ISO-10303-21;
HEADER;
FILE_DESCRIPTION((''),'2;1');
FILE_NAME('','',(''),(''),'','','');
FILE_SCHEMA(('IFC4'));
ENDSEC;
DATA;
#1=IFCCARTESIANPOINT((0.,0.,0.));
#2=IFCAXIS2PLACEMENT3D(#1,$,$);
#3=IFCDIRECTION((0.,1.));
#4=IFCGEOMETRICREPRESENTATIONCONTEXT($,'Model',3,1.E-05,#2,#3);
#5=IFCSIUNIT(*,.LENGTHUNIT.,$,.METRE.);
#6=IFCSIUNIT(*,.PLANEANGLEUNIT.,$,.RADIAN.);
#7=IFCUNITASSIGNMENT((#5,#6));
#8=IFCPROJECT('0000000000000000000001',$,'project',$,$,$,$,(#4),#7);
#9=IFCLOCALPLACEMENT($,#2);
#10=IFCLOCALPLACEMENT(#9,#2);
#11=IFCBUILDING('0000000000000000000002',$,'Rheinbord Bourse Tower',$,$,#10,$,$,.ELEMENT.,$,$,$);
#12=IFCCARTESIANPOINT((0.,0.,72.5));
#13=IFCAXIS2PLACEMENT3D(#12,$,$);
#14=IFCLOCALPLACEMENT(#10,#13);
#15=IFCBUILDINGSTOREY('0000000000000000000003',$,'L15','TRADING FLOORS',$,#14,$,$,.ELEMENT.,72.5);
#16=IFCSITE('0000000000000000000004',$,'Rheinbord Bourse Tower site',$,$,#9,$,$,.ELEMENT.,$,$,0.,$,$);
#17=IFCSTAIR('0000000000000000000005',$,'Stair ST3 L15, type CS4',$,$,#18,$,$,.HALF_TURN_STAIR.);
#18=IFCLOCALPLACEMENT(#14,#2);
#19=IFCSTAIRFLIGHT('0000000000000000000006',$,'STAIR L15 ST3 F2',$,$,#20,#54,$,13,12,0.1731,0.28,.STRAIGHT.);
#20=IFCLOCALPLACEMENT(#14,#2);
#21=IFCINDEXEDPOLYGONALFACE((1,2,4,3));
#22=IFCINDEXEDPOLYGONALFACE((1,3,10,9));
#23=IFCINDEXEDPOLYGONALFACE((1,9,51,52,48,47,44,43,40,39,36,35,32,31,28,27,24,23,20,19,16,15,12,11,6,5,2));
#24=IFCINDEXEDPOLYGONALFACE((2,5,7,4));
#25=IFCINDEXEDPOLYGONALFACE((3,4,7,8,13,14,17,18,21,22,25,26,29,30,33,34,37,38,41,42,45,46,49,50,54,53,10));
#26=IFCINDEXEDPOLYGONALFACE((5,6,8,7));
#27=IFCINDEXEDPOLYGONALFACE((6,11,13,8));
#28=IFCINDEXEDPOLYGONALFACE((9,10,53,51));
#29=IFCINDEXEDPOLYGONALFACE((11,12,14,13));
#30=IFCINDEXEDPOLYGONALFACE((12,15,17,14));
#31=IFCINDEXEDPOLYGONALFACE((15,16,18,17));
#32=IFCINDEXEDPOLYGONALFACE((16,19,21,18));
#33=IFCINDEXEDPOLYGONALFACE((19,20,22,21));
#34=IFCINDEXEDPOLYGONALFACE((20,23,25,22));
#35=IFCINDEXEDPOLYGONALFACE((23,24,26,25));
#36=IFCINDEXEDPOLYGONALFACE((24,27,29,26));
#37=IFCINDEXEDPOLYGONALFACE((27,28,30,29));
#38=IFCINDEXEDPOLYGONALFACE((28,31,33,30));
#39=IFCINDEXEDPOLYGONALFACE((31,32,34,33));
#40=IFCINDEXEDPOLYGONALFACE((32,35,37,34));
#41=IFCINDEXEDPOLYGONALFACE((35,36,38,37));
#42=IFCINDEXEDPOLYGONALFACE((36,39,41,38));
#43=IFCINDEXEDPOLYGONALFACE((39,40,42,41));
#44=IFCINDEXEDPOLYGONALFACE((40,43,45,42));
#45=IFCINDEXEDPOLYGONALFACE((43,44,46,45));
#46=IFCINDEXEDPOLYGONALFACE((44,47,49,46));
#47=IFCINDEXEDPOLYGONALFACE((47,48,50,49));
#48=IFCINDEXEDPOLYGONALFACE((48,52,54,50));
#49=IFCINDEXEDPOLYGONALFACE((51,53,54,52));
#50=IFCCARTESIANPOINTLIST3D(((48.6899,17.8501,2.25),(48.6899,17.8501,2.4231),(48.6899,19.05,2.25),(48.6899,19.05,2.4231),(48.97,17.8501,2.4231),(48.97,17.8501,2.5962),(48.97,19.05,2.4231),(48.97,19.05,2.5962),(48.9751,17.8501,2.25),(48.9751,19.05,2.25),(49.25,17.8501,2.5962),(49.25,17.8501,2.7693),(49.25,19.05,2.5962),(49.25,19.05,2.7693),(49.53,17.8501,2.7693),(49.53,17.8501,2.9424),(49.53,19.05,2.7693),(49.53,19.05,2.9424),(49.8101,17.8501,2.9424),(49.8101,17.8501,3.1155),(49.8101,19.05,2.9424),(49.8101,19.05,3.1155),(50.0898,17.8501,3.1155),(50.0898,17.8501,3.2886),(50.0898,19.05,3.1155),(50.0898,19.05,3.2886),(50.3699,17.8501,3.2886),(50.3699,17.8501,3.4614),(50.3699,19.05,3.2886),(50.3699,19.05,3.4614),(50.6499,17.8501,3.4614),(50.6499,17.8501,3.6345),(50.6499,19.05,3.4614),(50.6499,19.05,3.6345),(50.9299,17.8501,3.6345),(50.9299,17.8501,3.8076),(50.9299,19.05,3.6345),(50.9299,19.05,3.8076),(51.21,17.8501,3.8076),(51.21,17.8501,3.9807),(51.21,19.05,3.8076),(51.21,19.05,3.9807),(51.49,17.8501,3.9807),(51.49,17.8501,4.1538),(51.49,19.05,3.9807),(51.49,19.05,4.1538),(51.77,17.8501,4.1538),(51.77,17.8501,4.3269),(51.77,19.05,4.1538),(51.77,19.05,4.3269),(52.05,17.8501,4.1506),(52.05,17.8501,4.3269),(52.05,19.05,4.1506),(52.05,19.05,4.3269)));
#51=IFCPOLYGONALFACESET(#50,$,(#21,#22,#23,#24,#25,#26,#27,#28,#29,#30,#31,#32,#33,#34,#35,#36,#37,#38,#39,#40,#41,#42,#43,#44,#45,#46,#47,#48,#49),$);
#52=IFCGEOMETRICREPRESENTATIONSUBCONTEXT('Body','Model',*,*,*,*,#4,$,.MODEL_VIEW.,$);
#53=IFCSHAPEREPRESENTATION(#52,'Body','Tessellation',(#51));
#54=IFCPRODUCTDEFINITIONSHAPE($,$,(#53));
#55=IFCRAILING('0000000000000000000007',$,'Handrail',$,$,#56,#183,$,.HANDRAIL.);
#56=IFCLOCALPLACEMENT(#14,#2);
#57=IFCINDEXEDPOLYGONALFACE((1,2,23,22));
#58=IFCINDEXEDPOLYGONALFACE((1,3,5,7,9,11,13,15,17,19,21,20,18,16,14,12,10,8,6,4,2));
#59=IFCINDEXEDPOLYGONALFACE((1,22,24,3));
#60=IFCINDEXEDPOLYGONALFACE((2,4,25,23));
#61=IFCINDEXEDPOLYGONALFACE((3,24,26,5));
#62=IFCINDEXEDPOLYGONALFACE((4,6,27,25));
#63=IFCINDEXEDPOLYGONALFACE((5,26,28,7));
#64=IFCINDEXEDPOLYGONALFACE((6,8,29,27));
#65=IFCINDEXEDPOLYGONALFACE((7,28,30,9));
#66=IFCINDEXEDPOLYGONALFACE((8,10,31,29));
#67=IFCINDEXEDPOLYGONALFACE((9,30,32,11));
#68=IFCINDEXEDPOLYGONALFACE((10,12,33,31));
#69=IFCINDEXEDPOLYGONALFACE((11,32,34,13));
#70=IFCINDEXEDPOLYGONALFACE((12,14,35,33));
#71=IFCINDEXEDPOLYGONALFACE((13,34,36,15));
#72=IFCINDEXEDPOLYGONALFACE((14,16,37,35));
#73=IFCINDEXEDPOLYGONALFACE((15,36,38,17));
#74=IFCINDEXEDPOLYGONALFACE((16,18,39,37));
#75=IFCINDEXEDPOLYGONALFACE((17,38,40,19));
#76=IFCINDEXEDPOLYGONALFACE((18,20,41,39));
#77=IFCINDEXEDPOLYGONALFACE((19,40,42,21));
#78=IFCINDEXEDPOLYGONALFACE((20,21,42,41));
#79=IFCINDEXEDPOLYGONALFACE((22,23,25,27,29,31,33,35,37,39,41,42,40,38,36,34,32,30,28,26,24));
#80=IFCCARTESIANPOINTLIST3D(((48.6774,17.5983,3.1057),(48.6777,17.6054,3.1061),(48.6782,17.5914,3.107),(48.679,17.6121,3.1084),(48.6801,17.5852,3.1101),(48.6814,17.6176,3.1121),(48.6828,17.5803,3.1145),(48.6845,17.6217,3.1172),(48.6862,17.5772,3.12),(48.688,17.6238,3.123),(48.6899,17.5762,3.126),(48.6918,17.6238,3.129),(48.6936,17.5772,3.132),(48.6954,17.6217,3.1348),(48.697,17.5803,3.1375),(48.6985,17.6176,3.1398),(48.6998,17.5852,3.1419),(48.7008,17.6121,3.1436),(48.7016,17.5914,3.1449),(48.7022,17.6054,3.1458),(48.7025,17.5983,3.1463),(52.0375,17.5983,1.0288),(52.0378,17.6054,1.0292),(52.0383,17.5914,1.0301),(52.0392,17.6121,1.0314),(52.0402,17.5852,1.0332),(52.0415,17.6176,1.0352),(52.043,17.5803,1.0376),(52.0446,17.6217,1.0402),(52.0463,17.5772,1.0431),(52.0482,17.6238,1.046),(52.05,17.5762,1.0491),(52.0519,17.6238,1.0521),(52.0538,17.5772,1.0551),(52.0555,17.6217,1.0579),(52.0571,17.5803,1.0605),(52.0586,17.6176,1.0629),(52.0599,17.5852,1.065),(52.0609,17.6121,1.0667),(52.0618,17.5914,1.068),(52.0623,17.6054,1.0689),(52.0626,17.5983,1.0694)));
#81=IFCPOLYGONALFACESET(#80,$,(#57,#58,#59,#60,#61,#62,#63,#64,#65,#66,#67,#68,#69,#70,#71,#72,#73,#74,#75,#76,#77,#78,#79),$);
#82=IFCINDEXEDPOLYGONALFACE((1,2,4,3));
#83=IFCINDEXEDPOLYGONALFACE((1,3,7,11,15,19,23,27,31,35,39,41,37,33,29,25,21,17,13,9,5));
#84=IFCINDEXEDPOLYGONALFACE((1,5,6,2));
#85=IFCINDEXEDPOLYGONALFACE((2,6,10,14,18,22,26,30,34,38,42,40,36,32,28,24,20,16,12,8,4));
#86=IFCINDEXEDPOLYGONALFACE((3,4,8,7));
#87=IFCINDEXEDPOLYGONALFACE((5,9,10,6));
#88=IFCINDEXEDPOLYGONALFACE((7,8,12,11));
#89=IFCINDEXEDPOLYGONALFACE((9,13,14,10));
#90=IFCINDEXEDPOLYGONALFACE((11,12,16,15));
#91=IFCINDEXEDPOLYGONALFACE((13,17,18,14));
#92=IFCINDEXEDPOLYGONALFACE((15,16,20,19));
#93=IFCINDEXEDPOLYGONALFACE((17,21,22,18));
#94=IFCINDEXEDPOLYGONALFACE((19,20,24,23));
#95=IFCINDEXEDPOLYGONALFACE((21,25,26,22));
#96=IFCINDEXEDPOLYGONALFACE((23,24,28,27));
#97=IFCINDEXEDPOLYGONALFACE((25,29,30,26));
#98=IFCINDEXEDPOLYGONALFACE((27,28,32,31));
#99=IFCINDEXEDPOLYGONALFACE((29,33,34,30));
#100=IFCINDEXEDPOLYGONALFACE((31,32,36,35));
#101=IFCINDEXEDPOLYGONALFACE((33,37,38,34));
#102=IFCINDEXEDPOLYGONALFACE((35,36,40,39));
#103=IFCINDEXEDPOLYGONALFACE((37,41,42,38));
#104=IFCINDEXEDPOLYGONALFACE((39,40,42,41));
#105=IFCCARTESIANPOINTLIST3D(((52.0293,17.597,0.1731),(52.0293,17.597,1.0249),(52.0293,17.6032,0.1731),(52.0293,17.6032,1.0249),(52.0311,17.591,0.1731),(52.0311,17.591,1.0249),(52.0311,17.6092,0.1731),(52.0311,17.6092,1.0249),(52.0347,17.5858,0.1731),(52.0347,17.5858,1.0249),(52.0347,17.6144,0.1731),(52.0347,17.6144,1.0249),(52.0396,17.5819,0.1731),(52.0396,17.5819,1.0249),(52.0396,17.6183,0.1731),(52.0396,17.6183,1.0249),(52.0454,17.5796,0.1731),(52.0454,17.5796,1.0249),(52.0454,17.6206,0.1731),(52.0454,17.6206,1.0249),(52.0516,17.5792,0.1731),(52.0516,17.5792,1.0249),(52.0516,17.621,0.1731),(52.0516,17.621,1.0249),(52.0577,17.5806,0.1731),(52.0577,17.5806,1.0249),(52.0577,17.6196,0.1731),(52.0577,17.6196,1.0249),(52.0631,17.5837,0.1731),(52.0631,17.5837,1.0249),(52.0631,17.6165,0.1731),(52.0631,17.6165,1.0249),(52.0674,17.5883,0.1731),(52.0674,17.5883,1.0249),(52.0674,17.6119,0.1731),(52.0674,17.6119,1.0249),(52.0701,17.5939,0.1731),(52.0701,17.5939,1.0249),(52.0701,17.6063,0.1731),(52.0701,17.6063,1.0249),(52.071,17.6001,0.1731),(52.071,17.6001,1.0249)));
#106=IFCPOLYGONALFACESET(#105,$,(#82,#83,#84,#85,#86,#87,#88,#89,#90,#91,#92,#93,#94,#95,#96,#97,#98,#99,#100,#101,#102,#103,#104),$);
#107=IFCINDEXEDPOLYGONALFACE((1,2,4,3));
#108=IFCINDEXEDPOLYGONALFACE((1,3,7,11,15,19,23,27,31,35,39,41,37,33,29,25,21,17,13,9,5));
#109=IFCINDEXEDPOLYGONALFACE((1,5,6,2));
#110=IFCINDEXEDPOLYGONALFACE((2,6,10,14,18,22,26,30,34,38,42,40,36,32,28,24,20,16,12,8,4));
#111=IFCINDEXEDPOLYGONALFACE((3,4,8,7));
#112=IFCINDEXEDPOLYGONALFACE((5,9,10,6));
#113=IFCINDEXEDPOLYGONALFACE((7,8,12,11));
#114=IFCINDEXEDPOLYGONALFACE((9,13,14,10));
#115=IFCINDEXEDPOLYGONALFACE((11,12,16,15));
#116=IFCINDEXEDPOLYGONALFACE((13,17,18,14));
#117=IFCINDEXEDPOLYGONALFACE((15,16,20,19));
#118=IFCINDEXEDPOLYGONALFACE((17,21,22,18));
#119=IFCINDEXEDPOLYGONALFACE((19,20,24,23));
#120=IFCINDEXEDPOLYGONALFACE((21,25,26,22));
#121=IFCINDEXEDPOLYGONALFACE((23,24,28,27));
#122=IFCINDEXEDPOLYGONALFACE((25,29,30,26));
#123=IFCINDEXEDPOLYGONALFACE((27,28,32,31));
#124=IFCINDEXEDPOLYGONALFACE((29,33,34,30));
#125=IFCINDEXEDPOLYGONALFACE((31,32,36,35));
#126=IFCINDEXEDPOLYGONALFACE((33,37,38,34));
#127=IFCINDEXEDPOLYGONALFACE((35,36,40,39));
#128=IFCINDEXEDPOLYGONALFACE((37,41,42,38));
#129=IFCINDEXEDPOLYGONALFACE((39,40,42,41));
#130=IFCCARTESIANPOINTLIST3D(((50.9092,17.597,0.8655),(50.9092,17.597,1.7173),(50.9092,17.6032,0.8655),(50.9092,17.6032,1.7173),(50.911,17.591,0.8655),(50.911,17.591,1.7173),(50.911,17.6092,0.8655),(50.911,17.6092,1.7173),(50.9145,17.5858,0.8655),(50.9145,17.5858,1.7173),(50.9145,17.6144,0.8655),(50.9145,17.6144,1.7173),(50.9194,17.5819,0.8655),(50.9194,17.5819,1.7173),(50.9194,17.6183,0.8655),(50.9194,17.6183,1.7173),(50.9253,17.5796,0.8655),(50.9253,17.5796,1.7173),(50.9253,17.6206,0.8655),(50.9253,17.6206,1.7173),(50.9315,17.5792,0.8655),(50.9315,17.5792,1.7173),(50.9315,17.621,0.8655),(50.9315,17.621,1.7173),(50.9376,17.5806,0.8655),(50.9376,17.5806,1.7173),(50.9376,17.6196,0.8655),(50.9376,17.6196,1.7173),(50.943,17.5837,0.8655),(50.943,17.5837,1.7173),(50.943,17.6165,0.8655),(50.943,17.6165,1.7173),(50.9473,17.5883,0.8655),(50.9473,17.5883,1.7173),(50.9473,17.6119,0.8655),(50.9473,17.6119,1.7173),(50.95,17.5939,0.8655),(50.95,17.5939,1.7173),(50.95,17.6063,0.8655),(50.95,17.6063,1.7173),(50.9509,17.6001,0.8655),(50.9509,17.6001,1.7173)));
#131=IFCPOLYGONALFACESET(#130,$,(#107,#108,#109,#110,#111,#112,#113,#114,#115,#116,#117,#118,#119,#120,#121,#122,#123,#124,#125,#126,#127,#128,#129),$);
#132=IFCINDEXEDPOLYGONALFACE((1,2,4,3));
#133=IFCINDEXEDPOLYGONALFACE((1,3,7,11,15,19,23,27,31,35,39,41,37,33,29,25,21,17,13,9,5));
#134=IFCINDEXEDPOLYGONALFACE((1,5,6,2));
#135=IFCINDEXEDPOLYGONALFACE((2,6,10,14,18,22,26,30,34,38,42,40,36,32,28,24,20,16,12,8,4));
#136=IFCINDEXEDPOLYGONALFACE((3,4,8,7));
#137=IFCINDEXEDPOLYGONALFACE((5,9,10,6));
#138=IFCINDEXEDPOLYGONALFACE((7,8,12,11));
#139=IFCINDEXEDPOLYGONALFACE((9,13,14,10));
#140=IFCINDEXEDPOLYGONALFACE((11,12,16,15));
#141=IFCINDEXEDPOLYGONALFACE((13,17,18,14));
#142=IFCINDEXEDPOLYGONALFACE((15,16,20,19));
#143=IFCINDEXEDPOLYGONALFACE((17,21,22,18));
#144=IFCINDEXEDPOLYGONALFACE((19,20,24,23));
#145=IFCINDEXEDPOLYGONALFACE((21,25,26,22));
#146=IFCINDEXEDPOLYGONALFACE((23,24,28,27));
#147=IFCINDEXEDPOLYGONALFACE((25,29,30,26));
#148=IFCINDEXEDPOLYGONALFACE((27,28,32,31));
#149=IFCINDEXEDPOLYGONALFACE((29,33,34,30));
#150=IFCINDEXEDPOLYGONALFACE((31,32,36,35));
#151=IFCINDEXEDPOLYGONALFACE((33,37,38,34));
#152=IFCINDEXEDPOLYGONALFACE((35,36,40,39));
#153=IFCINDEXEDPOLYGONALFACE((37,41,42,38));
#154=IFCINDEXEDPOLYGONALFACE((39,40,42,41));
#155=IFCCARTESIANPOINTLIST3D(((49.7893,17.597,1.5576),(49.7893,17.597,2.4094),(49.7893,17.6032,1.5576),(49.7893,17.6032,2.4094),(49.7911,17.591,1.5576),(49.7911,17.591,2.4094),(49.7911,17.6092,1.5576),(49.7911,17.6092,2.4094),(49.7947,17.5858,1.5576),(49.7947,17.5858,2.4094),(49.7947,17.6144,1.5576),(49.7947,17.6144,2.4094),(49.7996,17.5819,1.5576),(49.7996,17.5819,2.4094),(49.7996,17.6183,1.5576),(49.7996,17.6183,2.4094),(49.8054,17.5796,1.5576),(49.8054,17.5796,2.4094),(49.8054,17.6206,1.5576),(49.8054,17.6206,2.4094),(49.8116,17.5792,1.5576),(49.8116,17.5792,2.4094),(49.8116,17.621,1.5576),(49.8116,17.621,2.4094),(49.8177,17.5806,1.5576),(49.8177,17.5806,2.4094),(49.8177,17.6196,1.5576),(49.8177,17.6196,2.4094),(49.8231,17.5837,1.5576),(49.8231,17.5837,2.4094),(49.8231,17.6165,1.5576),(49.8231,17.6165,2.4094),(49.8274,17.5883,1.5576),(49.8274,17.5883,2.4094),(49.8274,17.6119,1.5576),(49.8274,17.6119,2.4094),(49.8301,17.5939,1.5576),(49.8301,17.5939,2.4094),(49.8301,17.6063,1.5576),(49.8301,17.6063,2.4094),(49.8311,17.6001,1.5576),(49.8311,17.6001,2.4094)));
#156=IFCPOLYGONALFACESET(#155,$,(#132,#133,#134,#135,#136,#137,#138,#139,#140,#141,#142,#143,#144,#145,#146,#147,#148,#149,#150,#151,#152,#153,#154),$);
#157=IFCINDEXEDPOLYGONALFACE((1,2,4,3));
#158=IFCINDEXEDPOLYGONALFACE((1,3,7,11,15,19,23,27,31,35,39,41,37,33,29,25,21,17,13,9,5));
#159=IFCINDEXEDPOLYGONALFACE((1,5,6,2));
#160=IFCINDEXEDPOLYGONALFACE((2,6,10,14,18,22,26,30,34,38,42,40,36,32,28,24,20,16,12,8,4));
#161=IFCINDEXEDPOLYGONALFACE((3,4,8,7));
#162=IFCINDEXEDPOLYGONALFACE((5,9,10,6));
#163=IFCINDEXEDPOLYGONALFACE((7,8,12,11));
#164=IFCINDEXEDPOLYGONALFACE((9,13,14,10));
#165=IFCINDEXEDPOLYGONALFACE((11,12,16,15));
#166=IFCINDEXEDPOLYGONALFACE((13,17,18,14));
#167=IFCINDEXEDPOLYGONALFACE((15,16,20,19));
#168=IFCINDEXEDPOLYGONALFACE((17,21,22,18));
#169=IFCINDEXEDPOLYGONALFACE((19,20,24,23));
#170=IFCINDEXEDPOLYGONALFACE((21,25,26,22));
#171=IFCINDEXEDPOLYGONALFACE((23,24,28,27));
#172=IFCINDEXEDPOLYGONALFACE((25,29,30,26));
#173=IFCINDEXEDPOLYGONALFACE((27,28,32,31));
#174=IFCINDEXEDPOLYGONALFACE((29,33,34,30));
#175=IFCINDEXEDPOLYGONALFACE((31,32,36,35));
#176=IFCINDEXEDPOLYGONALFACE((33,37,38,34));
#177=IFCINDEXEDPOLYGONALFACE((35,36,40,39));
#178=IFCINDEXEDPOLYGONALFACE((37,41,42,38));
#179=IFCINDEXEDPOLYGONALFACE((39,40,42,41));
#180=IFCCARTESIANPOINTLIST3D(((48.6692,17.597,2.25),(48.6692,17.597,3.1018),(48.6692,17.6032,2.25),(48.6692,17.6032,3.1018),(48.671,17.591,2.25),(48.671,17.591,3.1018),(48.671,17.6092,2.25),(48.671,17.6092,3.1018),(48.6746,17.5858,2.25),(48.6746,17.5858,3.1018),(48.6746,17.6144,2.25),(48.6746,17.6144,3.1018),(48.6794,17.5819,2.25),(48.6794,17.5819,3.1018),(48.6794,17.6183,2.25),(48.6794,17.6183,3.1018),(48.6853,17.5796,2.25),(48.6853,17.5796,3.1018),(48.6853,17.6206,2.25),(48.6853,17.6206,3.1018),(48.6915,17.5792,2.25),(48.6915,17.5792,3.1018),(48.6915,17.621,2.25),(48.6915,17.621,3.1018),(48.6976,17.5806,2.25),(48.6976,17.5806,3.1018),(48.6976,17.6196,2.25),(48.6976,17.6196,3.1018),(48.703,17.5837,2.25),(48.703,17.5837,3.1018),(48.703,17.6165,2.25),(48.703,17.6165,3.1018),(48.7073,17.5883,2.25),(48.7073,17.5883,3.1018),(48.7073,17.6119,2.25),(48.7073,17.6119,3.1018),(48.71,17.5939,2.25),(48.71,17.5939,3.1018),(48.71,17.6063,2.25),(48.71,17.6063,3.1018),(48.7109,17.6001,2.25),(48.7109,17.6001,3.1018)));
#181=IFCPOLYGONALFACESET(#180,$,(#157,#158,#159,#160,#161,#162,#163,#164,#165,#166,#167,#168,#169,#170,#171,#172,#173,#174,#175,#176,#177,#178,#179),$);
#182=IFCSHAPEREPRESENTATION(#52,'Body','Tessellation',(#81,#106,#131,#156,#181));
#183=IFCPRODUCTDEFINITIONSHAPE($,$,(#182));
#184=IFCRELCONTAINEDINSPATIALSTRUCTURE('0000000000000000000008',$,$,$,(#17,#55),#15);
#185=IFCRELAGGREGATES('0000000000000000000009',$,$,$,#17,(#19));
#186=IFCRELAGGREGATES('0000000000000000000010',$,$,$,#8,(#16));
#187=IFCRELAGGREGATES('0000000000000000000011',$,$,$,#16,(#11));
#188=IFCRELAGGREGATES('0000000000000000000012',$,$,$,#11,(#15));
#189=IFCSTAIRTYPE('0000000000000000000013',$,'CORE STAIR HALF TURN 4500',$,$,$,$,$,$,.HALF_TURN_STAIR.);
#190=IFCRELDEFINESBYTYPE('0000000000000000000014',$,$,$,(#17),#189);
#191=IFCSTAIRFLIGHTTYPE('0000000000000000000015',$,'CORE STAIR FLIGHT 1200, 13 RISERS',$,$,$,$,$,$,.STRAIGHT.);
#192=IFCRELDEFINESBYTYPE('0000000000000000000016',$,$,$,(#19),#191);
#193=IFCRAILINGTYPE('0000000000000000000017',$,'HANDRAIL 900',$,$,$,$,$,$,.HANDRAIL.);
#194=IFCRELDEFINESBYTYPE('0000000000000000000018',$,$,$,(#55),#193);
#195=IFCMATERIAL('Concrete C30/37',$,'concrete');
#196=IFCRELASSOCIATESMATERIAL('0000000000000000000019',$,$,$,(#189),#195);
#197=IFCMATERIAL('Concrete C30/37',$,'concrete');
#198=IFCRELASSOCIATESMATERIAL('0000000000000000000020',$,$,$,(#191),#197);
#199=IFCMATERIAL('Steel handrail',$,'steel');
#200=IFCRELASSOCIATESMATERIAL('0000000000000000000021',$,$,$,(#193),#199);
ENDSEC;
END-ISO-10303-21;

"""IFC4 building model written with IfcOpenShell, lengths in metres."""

from ifc_helpers import new_model, si_unit, direction, frame, origin, origin_2d, place, context, subcontext, project, spatial, polyline, circle, outline, extrude, material, type_object, element, aggregate, save


model = new_model("IFC4")

# Units and contexts
model_context = context("Model", 3, precision=1e-05, world=origin(), true_north=direction((0.0, 1.0)))
body_context = subcontext(model_context, "Body", "Model", "MODEL_VIEW")
ifc_project = project(units=[si_unit("LENGTHUNIT", "METRE"), si_unit("PLANEANGLEUNIT", "RADIAN")], contexts=[model_context])

# Site, building, storey
site_placement = place(None, origin())
site = spatial("IfcSite", under=ifc_project, at=site_placement, Name="Rheinbord Bourse Tower site", CompositionType="ELEMENT", RefElevation=0.0)
building_placement = place(site_placement, origin())
building = spatial("IfcBuilding", under=site, at=building_placement, Name="Rheinbord Bourse Tower", CompositionType="ELEMENT")
storey_placement = place(building_placement, frame((0.0, 0.0, 72.5)))
storey = spatial("IfcBuildingStorey", under=building, at=storey_placement, Name="L15", Description="TRADING FLOORS", CompositionType="ELEMENT", Elevation=72.5)

# Stair, stair flight
ifc_material_1 = material(Name="Concrete C30/37", Category="concrete")
stair_type = type_object("IfcStairType", Name="CORE STAIR HALF TURN 4500", PredefinedType="HALF_TURN_STAIR", material=ifc_material_1)
stair_placement = place(storey_placement, origin())
stair = element("IfcStair", 1, at=stair_placement, inside=storey, type_object=stair_type, Name="Stair ST3 L15, type CS4", PredefinedType="HALF_TURN_STAIR")
ifc_material_2 = material(Name="Concrete C30/37", Category="concrete")
stair_flight_type = type_object("IfcStairFlightType", Name="CORE STAIR FLIGHT 1200, 13 RISERS", PredefinedType="STRAIGHT", material=ifc_material_2)
stair_flight_1_placement = place(storey_placement, frame((48.6899, 18.45, 2.25), z_axis=(0.0, 0.0, 1.0), x_axis=(1.0, 0.0, 0.0)))
stair_flight_1 = element("IfcStairFlight", 2, at=stair_flight_1_placement, type_object=stair_flight_type, Name="STAIR L15 ST3 F2", NumberOfRisers=13, NumberOfTreads=12, PredefinedType="STRAIGHT", RiserHeight=0.1731, TreadLength=0.28, context=body_context, shape_type="SweptSolid", body=[
    extrude(outline(polyline([(0.0, 0.0), (0.0, 0.1731), (0.28, 0.1731), (0.28, 0.3462), (0.5601, 0.3462), (0.5601, 0.5193), (0.8401, 0.5193), (0.8401, 0.6924), (1.1201, 0.6924), (1.1201, 0.8655), (1.3999, 0.8655), (1.3999, 1.0386), (1.6799, 1.0386), (1.6799, 1.2114), (1.96, 1.2114), (1.96, 1.3845), (2.24, 1.3845), (2.24, 1.5576), (2.52, 1.5576), (2.52, 1.7307), (2.8, 1.7307), (2.8, 1.9038), (3.0801, 1.9038), (3.0801, 2.0769), (3.3601, 2.0769), (3.3601, 2.25), (3.3601, 1.9006), (0.2852, 0.0), (0.0, 0.0)])), frame((0.0, 0.6001, 0.0), z_axis=(0.0, -1.0, 0.0), x_axis=(1.0, 0.0, 0.0)), (0.0, 0.0, 1.0), 1.2),
])
aggregate(stair, [stair_flight_1])

# Railing
ifc_material_3 = material(Name="Steel handrail", Category="steel")
railing_type = type_object("IfcRailingType", Name="HANDRAIL 900", PredefinedType="HANDRAIL", material=ifc_material_3)
railing_1_placement = place(storey_placement, frame((52.05, 17.6001, 0.1731)))
element("IfcRailing", 3, at=railing_1_placement, inside=storey, type_object=railing_type, Name="Handrail", PredefinedType="HANDRAIL", context=body_context, shape_type="SweptSolid", body=[
    extrude(circle(Radius=0.0239, at=origin_2d()), frame((0.0, 0.0, 0.876), z_axis=(-0.850623, 0.0, 0.525776), x_axis=(0.0, -1.0, 0.0)), (0.0, 0.0, 1.0), 3.9502),
    extrude(circle(Radius=0.021, at=origin_2d()), origin(), (0.0, 0.0, 1.0), 0.8518),
    extrude(circle(Radius=0.021, at=origin_2d()), frame((-1.1201, 0.0, 0.6924)), (0.0, 0.0, 1.0), 0.8518),
    extrude(circle(Radius=0.021, at=origin_2d()), frame((-2.24, 0.0, 1.3845)), (0.0, 0.0, 1.0), 0.8518),
    extrude(circle(Radius=0.021, at=origin_2d()), frame((-3.3601, 0.0, 2.0769)), (0.0, 0.0, 1.0), 0.8518),
])

save(model, "model.ifc")
